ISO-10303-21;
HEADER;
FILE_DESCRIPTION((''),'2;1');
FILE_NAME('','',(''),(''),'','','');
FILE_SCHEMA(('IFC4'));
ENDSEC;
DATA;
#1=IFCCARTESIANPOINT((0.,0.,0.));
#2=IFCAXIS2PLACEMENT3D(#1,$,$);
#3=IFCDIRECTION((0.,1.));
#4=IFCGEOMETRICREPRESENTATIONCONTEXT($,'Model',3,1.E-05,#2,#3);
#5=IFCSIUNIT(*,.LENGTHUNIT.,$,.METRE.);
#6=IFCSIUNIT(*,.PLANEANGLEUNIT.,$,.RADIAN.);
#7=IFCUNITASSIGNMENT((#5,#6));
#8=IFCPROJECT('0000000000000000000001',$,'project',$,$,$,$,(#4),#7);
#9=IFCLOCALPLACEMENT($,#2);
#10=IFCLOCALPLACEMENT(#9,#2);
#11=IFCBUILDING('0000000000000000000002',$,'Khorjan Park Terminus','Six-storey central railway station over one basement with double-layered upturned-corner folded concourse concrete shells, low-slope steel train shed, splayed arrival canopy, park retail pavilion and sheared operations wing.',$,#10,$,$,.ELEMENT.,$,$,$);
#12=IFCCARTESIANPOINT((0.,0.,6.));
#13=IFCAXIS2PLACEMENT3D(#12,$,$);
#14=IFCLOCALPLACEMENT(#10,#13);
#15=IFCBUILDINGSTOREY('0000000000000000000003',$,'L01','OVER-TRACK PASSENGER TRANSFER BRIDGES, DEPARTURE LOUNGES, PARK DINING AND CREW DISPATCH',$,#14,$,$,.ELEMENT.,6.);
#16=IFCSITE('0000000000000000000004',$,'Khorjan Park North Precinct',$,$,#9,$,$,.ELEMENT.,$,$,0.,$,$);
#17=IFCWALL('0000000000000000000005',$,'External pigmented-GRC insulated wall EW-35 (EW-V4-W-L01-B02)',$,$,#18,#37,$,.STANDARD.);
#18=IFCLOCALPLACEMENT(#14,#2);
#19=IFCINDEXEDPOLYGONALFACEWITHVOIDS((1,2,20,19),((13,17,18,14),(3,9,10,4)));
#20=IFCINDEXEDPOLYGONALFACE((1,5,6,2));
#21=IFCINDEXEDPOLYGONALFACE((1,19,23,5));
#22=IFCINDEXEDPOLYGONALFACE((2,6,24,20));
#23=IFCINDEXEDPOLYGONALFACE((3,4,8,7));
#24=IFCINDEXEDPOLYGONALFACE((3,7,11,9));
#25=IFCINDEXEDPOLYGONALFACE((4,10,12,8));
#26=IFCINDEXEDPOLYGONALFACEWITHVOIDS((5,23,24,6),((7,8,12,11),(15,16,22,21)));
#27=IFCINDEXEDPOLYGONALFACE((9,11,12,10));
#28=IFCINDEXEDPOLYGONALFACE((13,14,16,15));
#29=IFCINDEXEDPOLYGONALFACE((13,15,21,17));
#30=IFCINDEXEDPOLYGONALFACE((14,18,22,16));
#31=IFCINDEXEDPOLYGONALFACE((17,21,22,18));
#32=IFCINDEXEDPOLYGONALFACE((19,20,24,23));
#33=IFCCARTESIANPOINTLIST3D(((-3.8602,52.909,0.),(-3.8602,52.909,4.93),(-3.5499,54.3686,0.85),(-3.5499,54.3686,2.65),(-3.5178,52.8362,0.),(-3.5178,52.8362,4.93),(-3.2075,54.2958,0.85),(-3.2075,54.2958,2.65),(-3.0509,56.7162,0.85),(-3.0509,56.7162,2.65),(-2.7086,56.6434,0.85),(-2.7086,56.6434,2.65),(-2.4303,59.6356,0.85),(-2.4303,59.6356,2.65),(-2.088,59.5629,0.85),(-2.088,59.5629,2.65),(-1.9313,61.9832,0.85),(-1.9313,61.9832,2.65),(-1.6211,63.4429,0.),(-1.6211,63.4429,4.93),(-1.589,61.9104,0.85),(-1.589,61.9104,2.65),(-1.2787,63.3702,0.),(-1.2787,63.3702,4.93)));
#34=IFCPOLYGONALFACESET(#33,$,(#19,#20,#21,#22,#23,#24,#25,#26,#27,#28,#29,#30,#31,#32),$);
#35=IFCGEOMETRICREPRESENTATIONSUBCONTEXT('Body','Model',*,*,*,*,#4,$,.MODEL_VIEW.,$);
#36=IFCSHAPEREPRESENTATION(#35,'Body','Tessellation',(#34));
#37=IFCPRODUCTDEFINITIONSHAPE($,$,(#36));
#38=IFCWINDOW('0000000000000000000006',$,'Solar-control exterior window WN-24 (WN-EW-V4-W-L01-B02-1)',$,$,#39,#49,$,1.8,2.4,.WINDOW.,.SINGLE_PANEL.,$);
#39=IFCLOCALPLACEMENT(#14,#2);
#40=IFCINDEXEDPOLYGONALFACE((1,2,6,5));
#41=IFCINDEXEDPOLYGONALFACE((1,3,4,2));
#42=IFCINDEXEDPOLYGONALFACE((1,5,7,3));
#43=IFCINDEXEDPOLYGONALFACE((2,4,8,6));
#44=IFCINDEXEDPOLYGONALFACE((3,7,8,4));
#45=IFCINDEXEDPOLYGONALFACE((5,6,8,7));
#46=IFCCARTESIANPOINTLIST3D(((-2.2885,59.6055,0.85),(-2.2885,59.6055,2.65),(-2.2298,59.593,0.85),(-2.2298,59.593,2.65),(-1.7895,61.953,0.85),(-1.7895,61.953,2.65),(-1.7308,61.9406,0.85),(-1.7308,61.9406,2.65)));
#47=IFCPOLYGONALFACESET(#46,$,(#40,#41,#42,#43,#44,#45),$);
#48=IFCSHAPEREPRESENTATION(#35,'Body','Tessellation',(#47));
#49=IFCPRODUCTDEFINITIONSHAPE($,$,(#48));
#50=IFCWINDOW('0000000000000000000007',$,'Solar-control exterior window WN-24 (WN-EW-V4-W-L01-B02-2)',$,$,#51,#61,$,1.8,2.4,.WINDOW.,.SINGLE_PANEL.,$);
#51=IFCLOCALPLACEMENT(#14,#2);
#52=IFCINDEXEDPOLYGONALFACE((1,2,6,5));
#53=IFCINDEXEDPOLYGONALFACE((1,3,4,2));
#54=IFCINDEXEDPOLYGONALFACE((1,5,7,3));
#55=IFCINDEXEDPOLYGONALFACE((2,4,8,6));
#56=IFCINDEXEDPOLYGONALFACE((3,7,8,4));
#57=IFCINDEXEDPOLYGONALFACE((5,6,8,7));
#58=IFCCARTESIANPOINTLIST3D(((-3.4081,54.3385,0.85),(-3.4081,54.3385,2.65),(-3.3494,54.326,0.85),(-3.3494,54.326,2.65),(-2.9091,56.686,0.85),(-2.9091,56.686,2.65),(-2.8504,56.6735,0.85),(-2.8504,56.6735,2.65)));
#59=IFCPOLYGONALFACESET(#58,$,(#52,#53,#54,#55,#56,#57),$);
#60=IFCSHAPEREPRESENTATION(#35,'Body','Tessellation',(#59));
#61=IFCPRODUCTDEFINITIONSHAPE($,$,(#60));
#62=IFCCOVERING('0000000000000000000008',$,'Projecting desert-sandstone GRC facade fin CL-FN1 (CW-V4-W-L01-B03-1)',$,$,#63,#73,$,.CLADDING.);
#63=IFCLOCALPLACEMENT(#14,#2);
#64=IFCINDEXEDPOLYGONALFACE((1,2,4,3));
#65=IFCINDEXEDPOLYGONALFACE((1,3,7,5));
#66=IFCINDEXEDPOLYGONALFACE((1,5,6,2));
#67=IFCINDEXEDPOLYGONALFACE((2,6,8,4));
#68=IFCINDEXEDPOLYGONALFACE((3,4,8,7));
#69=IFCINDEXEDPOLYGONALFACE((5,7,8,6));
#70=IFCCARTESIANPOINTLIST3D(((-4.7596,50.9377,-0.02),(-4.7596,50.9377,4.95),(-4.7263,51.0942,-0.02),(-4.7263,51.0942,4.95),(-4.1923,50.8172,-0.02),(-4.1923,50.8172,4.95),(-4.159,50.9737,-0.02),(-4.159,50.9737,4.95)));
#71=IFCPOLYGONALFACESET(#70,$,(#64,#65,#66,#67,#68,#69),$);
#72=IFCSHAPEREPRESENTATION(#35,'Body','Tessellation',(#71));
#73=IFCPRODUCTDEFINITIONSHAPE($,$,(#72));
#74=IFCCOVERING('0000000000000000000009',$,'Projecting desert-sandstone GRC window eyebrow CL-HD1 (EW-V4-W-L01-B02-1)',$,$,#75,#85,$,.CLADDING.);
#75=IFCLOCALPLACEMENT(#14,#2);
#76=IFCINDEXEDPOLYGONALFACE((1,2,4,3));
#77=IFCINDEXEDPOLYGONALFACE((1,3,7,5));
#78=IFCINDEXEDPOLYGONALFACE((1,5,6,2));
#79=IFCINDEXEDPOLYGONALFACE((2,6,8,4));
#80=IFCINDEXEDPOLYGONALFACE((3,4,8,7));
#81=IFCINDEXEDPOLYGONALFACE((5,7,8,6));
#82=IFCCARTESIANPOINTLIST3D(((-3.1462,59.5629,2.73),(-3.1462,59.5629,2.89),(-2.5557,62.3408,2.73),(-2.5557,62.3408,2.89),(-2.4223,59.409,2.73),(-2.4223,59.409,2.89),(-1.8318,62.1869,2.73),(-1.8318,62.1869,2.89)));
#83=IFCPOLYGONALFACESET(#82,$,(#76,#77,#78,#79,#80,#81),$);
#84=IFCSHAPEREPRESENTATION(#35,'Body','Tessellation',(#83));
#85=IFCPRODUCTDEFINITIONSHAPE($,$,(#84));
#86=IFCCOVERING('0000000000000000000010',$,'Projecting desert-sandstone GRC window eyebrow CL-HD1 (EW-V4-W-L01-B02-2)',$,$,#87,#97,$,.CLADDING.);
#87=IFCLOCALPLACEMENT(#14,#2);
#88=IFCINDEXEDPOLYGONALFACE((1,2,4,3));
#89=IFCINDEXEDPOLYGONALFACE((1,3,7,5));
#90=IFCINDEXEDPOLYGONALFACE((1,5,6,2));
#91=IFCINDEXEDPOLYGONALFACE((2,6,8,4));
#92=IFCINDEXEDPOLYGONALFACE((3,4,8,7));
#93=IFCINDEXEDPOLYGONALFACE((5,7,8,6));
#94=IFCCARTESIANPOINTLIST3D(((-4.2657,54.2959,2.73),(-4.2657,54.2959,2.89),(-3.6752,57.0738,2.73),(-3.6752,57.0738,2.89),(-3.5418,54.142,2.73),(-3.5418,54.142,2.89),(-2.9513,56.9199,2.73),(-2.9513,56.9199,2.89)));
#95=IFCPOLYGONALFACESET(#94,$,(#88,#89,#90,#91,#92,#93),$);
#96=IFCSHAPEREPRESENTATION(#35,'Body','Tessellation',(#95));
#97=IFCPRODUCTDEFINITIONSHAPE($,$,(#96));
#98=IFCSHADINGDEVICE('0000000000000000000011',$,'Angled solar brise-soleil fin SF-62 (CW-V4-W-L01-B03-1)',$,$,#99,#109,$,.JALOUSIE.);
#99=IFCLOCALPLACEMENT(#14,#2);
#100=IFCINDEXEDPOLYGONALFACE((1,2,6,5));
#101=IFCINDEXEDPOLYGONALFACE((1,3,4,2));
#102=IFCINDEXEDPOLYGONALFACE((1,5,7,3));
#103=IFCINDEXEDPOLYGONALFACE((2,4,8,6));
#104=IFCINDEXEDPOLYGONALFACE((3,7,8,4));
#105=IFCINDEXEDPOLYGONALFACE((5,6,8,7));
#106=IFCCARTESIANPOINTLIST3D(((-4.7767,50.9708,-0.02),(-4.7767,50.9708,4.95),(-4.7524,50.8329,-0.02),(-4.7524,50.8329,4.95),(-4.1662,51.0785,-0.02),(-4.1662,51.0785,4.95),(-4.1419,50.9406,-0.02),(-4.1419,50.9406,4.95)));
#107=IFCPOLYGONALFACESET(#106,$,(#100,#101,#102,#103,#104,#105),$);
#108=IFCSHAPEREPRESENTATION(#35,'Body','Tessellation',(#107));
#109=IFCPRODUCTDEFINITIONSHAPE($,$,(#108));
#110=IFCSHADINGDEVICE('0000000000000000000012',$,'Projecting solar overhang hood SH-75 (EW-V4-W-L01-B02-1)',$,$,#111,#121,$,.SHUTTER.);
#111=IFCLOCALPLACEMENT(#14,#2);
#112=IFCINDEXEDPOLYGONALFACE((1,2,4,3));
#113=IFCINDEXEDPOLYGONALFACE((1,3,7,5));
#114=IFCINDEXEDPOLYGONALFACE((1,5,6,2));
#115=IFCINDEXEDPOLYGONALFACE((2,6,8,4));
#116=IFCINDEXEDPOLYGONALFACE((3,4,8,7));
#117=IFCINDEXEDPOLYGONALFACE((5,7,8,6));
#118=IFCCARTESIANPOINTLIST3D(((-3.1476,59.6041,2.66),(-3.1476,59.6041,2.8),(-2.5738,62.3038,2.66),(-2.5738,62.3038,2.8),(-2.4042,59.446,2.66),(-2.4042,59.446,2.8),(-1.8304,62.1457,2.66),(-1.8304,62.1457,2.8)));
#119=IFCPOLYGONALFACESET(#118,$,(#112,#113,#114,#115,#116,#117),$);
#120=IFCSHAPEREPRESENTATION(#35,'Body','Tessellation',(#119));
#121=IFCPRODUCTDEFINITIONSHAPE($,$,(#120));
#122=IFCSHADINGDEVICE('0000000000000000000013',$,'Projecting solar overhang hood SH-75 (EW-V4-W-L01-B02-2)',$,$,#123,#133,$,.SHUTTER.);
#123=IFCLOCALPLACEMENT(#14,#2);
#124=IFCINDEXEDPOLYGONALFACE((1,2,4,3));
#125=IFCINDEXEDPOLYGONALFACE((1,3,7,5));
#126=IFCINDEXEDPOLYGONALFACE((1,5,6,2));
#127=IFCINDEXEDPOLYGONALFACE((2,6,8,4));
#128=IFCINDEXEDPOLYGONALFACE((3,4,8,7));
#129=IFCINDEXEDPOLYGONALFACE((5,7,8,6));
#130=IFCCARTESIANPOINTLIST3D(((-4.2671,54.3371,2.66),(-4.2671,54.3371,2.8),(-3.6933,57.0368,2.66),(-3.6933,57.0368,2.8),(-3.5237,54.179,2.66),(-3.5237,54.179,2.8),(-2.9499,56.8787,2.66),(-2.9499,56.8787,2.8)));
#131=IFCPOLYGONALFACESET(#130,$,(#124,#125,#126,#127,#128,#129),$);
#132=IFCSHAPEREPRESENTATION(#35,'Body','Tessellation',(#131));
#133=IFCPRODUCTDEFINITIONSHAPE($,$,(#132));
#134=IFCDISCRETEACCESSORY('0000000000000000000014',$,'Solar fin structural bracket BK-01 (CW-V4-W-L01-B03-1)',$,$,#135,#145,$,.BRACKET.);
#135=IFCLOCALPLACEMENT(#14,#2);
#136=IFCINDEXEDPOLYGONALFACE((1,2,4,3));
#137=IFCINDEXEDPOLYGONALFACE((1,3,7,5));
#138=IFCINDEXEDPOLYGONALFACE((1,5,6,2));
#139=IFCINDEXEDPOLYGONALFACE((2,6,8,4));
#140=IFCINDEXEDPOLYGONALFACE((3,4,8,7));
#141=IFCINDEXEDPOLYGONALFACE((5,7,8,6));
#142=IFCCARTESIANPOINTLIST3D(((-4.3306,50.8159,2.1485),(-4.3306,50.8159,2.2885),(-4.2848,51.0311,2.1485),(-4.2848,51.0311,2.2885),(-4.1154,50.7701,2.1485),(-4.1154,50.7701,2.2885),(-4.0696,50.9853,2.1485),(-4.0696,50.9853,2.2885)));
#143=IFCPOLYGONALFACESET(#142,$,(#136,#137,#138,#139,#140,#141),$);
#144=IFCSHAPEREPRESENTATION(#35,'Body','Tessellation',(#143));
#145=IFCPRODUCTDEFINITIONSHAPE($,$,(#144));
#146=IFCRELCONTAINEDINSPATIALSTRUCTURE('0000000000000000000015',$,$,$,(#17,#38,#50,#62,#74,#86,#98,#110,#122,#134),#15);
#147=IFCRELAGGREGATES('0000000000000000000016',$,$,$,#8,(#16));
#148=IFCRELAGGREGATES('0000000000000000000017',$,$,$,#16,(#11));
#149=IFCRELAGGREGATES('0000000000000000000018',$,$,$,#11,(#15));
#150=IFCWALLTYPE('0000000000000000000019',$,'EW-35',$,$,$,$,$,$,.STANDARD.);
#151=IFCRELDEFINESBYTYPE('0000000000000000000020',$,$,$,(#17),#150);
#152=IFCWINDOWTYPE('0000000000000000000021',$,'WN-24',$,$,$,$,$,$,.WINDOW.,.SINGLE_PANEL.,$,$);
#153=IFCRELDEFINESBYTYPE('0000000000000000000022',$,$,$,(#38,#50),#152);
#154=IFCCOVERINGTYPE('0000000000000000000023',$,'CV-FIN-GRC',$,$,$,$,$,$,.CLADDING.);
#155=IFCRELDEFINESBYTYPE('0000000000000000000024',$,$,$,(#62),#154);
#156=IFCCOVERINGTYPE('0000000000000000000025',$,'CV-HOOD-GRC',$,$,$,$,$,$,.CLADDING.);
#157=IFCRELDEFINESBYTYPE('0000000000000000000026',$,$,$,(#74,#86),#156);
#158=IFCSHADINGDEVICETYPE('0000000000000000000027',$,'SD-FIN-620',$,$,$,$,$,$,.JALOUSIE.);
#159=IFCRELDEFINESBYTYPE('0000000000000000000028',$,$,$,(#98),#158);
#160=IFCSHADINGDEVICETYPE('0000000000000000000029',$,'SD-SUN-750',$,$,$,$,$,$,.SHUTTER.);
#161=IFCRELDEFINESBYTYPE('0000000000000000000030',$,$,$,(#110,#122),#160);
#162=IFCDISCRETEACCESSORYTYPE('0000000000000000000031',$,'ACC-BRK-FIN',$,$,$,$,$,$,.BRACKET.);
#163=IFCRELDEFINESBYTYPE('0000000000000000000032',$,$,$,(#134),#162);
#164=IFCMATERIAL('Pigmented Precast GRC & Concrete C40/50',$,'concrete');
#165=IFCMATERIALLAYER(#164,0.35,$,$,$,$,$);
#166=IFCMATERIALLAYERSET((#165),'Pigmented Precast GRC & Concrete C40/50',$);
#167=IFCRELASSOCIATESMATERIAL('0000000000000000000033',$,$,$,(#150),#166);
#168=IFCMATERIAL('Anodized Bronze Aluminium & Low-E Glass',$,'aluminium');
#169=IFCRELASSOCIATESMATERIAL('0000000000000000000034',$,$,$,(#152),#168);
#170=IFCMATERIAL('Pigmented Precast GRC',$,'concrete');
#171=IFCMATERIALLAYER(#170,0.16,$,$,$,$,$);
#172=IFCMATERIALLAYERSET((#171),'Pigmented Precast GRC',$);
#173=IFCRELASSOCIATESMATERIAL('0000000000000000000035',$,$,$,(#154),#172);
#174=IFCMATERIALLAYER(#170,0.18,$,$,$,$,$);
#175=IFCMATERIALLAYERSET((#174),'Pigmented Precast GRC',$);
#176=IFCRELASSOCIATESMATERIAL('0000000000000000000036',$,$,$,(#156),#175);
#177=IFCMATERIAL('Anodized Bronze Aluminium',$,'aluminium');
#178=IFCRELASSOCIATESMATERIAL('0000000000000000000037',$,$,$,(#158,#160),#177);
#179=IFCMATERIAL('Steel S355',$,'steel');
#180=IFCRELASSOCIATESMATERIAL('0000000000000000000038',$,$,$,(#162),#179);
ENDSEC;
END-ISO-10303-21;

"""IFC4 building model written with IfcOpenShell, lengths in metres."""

from ifc_helpers import new_model, si_unit, direction, frame, frame_2d, origin, origin_2d, place, context, subcontext, project, spatial, rectangle, extrude, material, layer, layer_set, type_object, element, fill, save


model = new_model("IFC4")

# Units and contexts
model_context = context("Model", 3, precision=1e-05, world=origin(), true_north=direction((0.0, 1.0)))
body_context = subcontext(model_context, "Body", "Model", "MODEL_VIEW")
ifc_project = project(units=[si_unit("LENGTHUNIT", "METRE"), si_unit("PLANEANGLEUNIT", "RADIAN")], contexts=[model_context])

# Site, building, storey
site_placement = place(None, origin())
site = spatial("IfcSite", under=ifc_project, at=site_placement, Name="Khorjan Park North Precinct", CompositionType="ELEMENT", RefElevation=0.0)
building_placement = place(site_placement, origin())
building = spatial("IfcBuilding", under=site, at=building_placement, Name="Khorjan Park Terminus", Description="Six-storey central railway station over one basement with double-layered upturned-corner folded concourse concrete shells, low-slope steel train shed, splayed arrival canopy, park retail pavilion and sheared operations wing.", CompositionType="ELEMENT")
storey_placement = place(building_placement, frame((0.0, 0.0, 6.0)))
storey = spatial("IfcBuildingStorey", under=building, at=storey_placement, Name="L01", Description="OVER-TRACK PASSENGER TRANSFER BRIDGES, DEPARTURE LOUNGES, PARK DINING AND CREW DISPATCH", CompositionType="ELEMENT", Elevation=6.0)

# Shared definitions
ifc_material_1 = material(Name="Steel S355", Category="steel")

# Shared definitions
ifc_material_2 = material(Name="Anodized Bronze Aluminium", Category="aluminium")

# Wall, openings, windows
ifc_material_3 = material(Name="Pigmented Precast GRC & Concrete C40/50", Category="concrete")
ifc_layer_1 = layer(ifc_material_3, 0.35)
ifc_layer_set_1 = layer_set([ifc_layer_1], Name="Pigmented Precast GRC & Concrete C40/50")
wall_type_1 = type_object("IfcWallType", Name="EW-35", PredefinedType="STANDARD", material=ifc_layer_set_1)
wall_1_placement = place(storey_placement, frame((-1.4499, 63.4065, 0.0), z_axis=(0.0, 0.0, 1.0), x_axis=(-0.207914, -0.978147, 0.0)))
wall_1 = element("IfcWall", 1, at=wall_1_placement, inside=storey, type_object=wall_type_1, Name="External pigmented-GRC insulated wall EW-35 (EW-V4-W-L01-B02)", PredefinedType="STANDARD", context=body_context, shape_type="SweptSolid", body=[
    extrude(rectangle(XDim=10.7693, YDim=0.35, at=frame_2d((5.3846, 0.0))), origin(), (0.0, 0.0, 1.0), 4.93),
])
opening_1_placement = place(wall_1_placement, frame((1.4923, 0.0, 0.85)))
opening_1 = element("IfcOpeningElement", 2, at=opening_1_placement, cuts=wall_1, PredefinedType="OPENING", context=body_context, shape_type="SweptSolid", body=[
    extrude(rectangle(XDim=2.4, YDim=1.8, at=frame_2d((1.2, 0.9))), frame((0.0, 0.185, 0.0), z_axis=(0.0, -1.0, 0.0), x_axis=(1.0, 0.0, 0.0)), (0.0, 0.0, 1.0), 0.37),
])
opening_2_placement = place(wall_1_placement, frame((6.877, 0.0, 0.85)))
opening_2 = element("IfcOpeningElement", 3, at=opening_2_placement, cuts=wall_1, PredefinedType="OPENING", context=body_context, shape_type="SweptSolid", body=[
    extrude(rectangle(XDim=2.4, YDim=1.8, at=frame_2d((1.2, 0.9))), frame((0.0, 0.185, 0.0), z_axis=(0.0, -1.0, 0.0), x_axis=(1.0, 0.0, 0.0)), (0.0, 0.0, 1.0), 0.37),
])
ifc_material_4 = material(Name="Anodized Bronze Aluminium & Low-E Glass", Category="aluminium")
window_type = type_object("IfcWindowType", Name="WN-24", PartitioningType="SINGLE_PANEL", PredefinedType="WINDOW", material=ifc_material_4)
window_1_placement = place(opening_1_placement, origin())
window_1 = element("IfcWindow", 4, at=window_1_placement, inside=storey, type_object=window_type, Name="Solar-control exterior window WN-24 (WN-EW-V4-W-L01-B02-1)", OverallHeight=1.8, OverallWidth=2.4, PartitioningType="SINGLE_PANEL", PredefinedType="WINDOW", context=body_context, shape_type="SweptSolid", body=[
    extrude(rectangle(XDim=2.4, YDim=1.8, at=frame_2d((1.2, 0.9))), frame((0.0, 0.03, 0.0), z_axis=(0.0, -1.0, 0.0), x_axis=(1.0, 0.0, 0.0)), (0.0, 0.0, 1.0), 0.06),
])
fill(opening_1, window_1)
window_2_placement = place(opening_2_placement, origin())
window_2 = element("IfcWindow", 5, at=window_2_placement, inside=storey, type_object=window_type, Name="Solar-control exterior window WN-24 (WN-EW-V4-W-L01-B02-2)", OverallHeight=1.8, OverallWidth=2.4, PartitioningType="SINGLE_PANEL", PredefinedType="WINDOW", context=body_context, shape_type="SweptSolid", body=[
    extrude(rectangle(XDim=2.4, YDim=1.8, at=frame_2d((1.2, 0.9))), frame((0.0, 0.03, 0.0), z_axis=(0.0, -1.0, 0.0), x_axis=(1.0, 0.0, 0.0)), (0.0, 0.0, 1.0), 0.06),
])
fill(opening_2, window_2)

# Coverings
ifc_material_5 = material(Name="Pigmented Precast GRC", Category="concrete")
ifc_layer_2 = layer(ifc_material_5, 0.16)
ifc_layer_set_2 = layer_set([ifc_layer_2], Name="Pigmented Precast GRC")
covering_type_1 = type_object("IfcCoveringType", Name="CV-FIN-GRC", PredefinedType="CLADDING", material=ifc_layer_set_2)
covering_placement = place(storey_placement, frame((-4.4593, 50.9557, -0.02), z_axis=(0.0, 0.0, 1.0), x_axis=(0.978148, -0.207912, 0.0)))
element("IfcCovering", 6, at=covering_placement, inside=storey, type_object=covering_type_1, Name="Projecting desert-sandstone GRC facade fin CL-FN1 (CW-V4-W-L01-B03-1)", PredefinedType="CLADDING", context=body_context, shape_type="SweptSolid", body=[
    extrude(rectangle(XDim=0.58, YDim=0.16, at=origin_2d()), origin(), (0.0, 0.0, 1.0), 4.97),
])
ifc_layer_3 = layer(ifc_material_5, 0.18)
ifc_layer_set_3 = layer_set([ifc_layer_3], Name="Pigmented Precast GRC")
covering_type_2 = type_object("IfcCoveringType", Name="CV-HOOD-GRC", PredefinedType="CLADDING", material=ifc_layer_set_3)
for number, where, z_axis, x_axis, name in (
    (7, (-2.489, 60.8749, 2.73), (0.0, 0.0, 1.0), (-0.207914, -0.978147, 0.0), "Projecting desert-sandstone GRC window eyebrow CL-HD1 (EW-V4-W-L01-B02-1)"),
    (8, (-3.6085, 55.6079, 2.73), (0.0, 0.0, 1.0), (-0.207914, -0.978147, 0.0), "Projecting desert-sandstone GRC window eyebrow CL-HD1 (EW-V4-W-L01-B02-2)"),
):
    element("IfcCovering", number, at=place(storey_placement, frame(where, z_axis=z_axis, x_axis=x_axis)), inside=storey, type_object=covering_type_2, Name=name, PredefinedType="CLADDING", context=body_context, shape_type="SweptSolid", body=[
        extrude(rectangle(XDim=2.84, YDim=0.74, at=origin_2d()), origin(), (0.0, 0.0, 1.0), 0.16),
    ])

# Shading devices
shading_device_type_1 = type_object("IfcShadingDeviceType", Name="SD-FIN-620", PredefinedType="JALOUSIE", material=ifc_material_2)
shading_device_placement = place(storey_placement, frame((-4.4593, 50.9557, -0.02), z_axis=(0.0, 0.0, 1.0), x_axis=(0.984808, 0.173648, 0.0)))
element("IfcShadingDevice", 9, at=shading_device_placement, inside=storey, type_object=shading_device_type_1, Name="Angled solar brise-soleil fin SF-62 (CW-V4-W-L01-B03-1)", PredefinedType="JALOUSIE", context=body_context, shape_type="SweptSolid", body=[
    extrude(rectangle(XDim=0.62, YDim=0.14, at=origin_2d()), origin(), (0.0, 0.0, 1.0), 4.97),
])
shading_device_type_2 = type_object("IfcShadingDeviceType", Name="SD-SUN-750", PredefinedType="SHUTTER", material=ifc_material_2)
for number, where, z_axis, x_axis, name in (
    (10, (-2.489, 60.8749, 2.66), (0.0, 0.0, 1.0), (-0.207914, -0.978147, 0.0), "Projecting solar overhang hood SH-75 (EW-V4-W-L01-B02-1)"),
    (11, (-3.6085, 55.6079, 2.66), (0.0, 0.0, 1.0), (-0.207914, -0.978147, 0.0), "Projecting solar overhang hood SH-75 (EW-V4-W-L01-B02-2)"),
):
    element("IfcShadingDevice", number, at=place(storey_placement, frame(where, z_axis=z_axis, x_axis=x_axis)), inside=storey, type_object=shading_device_type_2, Name=name, PredefinedType="SHUTTER", context=body_context, shape_type="SweptSolid", body=[
        extrude(rectangle(XDim=2.76, YDim=0.76, at=origin_2d()), origin(), (0.0, 0.0, 1.0), 0.14),
    ])

# Discrete accessory
discrete_accessory_type = type_object("IfcDiscreteAccessoryType", Name="ACC-BRK-FIN", PredefinedType="BRACKET", material=ifc_material_1)
discrete_accessory_placement = place(storey_placement, frame((-4.2001, 50.9006, 2.1485), z_axis=(0.0, 0.0, 1.0), x_axis=(-0.207918, -0.978146, 0.0)))
element("IfcDiscreteAccessory", 12, at=discrete_accessory_placement, inside=storey, type_object=discrete_accessory_type, Name="Solar fin structural bracket BK-01 (CW-V4-W-L01-B03-1)", PredefinedType="BRACKET", context=body_context, shape_type="SweptSolid", body=[
    extrude(rectangle(XDim=0.22, YDim=0.22, at=origin_2d()), origin(), (0.0, 0.0, 1.0), 0.14),
])

save(model, "model.ifc")
